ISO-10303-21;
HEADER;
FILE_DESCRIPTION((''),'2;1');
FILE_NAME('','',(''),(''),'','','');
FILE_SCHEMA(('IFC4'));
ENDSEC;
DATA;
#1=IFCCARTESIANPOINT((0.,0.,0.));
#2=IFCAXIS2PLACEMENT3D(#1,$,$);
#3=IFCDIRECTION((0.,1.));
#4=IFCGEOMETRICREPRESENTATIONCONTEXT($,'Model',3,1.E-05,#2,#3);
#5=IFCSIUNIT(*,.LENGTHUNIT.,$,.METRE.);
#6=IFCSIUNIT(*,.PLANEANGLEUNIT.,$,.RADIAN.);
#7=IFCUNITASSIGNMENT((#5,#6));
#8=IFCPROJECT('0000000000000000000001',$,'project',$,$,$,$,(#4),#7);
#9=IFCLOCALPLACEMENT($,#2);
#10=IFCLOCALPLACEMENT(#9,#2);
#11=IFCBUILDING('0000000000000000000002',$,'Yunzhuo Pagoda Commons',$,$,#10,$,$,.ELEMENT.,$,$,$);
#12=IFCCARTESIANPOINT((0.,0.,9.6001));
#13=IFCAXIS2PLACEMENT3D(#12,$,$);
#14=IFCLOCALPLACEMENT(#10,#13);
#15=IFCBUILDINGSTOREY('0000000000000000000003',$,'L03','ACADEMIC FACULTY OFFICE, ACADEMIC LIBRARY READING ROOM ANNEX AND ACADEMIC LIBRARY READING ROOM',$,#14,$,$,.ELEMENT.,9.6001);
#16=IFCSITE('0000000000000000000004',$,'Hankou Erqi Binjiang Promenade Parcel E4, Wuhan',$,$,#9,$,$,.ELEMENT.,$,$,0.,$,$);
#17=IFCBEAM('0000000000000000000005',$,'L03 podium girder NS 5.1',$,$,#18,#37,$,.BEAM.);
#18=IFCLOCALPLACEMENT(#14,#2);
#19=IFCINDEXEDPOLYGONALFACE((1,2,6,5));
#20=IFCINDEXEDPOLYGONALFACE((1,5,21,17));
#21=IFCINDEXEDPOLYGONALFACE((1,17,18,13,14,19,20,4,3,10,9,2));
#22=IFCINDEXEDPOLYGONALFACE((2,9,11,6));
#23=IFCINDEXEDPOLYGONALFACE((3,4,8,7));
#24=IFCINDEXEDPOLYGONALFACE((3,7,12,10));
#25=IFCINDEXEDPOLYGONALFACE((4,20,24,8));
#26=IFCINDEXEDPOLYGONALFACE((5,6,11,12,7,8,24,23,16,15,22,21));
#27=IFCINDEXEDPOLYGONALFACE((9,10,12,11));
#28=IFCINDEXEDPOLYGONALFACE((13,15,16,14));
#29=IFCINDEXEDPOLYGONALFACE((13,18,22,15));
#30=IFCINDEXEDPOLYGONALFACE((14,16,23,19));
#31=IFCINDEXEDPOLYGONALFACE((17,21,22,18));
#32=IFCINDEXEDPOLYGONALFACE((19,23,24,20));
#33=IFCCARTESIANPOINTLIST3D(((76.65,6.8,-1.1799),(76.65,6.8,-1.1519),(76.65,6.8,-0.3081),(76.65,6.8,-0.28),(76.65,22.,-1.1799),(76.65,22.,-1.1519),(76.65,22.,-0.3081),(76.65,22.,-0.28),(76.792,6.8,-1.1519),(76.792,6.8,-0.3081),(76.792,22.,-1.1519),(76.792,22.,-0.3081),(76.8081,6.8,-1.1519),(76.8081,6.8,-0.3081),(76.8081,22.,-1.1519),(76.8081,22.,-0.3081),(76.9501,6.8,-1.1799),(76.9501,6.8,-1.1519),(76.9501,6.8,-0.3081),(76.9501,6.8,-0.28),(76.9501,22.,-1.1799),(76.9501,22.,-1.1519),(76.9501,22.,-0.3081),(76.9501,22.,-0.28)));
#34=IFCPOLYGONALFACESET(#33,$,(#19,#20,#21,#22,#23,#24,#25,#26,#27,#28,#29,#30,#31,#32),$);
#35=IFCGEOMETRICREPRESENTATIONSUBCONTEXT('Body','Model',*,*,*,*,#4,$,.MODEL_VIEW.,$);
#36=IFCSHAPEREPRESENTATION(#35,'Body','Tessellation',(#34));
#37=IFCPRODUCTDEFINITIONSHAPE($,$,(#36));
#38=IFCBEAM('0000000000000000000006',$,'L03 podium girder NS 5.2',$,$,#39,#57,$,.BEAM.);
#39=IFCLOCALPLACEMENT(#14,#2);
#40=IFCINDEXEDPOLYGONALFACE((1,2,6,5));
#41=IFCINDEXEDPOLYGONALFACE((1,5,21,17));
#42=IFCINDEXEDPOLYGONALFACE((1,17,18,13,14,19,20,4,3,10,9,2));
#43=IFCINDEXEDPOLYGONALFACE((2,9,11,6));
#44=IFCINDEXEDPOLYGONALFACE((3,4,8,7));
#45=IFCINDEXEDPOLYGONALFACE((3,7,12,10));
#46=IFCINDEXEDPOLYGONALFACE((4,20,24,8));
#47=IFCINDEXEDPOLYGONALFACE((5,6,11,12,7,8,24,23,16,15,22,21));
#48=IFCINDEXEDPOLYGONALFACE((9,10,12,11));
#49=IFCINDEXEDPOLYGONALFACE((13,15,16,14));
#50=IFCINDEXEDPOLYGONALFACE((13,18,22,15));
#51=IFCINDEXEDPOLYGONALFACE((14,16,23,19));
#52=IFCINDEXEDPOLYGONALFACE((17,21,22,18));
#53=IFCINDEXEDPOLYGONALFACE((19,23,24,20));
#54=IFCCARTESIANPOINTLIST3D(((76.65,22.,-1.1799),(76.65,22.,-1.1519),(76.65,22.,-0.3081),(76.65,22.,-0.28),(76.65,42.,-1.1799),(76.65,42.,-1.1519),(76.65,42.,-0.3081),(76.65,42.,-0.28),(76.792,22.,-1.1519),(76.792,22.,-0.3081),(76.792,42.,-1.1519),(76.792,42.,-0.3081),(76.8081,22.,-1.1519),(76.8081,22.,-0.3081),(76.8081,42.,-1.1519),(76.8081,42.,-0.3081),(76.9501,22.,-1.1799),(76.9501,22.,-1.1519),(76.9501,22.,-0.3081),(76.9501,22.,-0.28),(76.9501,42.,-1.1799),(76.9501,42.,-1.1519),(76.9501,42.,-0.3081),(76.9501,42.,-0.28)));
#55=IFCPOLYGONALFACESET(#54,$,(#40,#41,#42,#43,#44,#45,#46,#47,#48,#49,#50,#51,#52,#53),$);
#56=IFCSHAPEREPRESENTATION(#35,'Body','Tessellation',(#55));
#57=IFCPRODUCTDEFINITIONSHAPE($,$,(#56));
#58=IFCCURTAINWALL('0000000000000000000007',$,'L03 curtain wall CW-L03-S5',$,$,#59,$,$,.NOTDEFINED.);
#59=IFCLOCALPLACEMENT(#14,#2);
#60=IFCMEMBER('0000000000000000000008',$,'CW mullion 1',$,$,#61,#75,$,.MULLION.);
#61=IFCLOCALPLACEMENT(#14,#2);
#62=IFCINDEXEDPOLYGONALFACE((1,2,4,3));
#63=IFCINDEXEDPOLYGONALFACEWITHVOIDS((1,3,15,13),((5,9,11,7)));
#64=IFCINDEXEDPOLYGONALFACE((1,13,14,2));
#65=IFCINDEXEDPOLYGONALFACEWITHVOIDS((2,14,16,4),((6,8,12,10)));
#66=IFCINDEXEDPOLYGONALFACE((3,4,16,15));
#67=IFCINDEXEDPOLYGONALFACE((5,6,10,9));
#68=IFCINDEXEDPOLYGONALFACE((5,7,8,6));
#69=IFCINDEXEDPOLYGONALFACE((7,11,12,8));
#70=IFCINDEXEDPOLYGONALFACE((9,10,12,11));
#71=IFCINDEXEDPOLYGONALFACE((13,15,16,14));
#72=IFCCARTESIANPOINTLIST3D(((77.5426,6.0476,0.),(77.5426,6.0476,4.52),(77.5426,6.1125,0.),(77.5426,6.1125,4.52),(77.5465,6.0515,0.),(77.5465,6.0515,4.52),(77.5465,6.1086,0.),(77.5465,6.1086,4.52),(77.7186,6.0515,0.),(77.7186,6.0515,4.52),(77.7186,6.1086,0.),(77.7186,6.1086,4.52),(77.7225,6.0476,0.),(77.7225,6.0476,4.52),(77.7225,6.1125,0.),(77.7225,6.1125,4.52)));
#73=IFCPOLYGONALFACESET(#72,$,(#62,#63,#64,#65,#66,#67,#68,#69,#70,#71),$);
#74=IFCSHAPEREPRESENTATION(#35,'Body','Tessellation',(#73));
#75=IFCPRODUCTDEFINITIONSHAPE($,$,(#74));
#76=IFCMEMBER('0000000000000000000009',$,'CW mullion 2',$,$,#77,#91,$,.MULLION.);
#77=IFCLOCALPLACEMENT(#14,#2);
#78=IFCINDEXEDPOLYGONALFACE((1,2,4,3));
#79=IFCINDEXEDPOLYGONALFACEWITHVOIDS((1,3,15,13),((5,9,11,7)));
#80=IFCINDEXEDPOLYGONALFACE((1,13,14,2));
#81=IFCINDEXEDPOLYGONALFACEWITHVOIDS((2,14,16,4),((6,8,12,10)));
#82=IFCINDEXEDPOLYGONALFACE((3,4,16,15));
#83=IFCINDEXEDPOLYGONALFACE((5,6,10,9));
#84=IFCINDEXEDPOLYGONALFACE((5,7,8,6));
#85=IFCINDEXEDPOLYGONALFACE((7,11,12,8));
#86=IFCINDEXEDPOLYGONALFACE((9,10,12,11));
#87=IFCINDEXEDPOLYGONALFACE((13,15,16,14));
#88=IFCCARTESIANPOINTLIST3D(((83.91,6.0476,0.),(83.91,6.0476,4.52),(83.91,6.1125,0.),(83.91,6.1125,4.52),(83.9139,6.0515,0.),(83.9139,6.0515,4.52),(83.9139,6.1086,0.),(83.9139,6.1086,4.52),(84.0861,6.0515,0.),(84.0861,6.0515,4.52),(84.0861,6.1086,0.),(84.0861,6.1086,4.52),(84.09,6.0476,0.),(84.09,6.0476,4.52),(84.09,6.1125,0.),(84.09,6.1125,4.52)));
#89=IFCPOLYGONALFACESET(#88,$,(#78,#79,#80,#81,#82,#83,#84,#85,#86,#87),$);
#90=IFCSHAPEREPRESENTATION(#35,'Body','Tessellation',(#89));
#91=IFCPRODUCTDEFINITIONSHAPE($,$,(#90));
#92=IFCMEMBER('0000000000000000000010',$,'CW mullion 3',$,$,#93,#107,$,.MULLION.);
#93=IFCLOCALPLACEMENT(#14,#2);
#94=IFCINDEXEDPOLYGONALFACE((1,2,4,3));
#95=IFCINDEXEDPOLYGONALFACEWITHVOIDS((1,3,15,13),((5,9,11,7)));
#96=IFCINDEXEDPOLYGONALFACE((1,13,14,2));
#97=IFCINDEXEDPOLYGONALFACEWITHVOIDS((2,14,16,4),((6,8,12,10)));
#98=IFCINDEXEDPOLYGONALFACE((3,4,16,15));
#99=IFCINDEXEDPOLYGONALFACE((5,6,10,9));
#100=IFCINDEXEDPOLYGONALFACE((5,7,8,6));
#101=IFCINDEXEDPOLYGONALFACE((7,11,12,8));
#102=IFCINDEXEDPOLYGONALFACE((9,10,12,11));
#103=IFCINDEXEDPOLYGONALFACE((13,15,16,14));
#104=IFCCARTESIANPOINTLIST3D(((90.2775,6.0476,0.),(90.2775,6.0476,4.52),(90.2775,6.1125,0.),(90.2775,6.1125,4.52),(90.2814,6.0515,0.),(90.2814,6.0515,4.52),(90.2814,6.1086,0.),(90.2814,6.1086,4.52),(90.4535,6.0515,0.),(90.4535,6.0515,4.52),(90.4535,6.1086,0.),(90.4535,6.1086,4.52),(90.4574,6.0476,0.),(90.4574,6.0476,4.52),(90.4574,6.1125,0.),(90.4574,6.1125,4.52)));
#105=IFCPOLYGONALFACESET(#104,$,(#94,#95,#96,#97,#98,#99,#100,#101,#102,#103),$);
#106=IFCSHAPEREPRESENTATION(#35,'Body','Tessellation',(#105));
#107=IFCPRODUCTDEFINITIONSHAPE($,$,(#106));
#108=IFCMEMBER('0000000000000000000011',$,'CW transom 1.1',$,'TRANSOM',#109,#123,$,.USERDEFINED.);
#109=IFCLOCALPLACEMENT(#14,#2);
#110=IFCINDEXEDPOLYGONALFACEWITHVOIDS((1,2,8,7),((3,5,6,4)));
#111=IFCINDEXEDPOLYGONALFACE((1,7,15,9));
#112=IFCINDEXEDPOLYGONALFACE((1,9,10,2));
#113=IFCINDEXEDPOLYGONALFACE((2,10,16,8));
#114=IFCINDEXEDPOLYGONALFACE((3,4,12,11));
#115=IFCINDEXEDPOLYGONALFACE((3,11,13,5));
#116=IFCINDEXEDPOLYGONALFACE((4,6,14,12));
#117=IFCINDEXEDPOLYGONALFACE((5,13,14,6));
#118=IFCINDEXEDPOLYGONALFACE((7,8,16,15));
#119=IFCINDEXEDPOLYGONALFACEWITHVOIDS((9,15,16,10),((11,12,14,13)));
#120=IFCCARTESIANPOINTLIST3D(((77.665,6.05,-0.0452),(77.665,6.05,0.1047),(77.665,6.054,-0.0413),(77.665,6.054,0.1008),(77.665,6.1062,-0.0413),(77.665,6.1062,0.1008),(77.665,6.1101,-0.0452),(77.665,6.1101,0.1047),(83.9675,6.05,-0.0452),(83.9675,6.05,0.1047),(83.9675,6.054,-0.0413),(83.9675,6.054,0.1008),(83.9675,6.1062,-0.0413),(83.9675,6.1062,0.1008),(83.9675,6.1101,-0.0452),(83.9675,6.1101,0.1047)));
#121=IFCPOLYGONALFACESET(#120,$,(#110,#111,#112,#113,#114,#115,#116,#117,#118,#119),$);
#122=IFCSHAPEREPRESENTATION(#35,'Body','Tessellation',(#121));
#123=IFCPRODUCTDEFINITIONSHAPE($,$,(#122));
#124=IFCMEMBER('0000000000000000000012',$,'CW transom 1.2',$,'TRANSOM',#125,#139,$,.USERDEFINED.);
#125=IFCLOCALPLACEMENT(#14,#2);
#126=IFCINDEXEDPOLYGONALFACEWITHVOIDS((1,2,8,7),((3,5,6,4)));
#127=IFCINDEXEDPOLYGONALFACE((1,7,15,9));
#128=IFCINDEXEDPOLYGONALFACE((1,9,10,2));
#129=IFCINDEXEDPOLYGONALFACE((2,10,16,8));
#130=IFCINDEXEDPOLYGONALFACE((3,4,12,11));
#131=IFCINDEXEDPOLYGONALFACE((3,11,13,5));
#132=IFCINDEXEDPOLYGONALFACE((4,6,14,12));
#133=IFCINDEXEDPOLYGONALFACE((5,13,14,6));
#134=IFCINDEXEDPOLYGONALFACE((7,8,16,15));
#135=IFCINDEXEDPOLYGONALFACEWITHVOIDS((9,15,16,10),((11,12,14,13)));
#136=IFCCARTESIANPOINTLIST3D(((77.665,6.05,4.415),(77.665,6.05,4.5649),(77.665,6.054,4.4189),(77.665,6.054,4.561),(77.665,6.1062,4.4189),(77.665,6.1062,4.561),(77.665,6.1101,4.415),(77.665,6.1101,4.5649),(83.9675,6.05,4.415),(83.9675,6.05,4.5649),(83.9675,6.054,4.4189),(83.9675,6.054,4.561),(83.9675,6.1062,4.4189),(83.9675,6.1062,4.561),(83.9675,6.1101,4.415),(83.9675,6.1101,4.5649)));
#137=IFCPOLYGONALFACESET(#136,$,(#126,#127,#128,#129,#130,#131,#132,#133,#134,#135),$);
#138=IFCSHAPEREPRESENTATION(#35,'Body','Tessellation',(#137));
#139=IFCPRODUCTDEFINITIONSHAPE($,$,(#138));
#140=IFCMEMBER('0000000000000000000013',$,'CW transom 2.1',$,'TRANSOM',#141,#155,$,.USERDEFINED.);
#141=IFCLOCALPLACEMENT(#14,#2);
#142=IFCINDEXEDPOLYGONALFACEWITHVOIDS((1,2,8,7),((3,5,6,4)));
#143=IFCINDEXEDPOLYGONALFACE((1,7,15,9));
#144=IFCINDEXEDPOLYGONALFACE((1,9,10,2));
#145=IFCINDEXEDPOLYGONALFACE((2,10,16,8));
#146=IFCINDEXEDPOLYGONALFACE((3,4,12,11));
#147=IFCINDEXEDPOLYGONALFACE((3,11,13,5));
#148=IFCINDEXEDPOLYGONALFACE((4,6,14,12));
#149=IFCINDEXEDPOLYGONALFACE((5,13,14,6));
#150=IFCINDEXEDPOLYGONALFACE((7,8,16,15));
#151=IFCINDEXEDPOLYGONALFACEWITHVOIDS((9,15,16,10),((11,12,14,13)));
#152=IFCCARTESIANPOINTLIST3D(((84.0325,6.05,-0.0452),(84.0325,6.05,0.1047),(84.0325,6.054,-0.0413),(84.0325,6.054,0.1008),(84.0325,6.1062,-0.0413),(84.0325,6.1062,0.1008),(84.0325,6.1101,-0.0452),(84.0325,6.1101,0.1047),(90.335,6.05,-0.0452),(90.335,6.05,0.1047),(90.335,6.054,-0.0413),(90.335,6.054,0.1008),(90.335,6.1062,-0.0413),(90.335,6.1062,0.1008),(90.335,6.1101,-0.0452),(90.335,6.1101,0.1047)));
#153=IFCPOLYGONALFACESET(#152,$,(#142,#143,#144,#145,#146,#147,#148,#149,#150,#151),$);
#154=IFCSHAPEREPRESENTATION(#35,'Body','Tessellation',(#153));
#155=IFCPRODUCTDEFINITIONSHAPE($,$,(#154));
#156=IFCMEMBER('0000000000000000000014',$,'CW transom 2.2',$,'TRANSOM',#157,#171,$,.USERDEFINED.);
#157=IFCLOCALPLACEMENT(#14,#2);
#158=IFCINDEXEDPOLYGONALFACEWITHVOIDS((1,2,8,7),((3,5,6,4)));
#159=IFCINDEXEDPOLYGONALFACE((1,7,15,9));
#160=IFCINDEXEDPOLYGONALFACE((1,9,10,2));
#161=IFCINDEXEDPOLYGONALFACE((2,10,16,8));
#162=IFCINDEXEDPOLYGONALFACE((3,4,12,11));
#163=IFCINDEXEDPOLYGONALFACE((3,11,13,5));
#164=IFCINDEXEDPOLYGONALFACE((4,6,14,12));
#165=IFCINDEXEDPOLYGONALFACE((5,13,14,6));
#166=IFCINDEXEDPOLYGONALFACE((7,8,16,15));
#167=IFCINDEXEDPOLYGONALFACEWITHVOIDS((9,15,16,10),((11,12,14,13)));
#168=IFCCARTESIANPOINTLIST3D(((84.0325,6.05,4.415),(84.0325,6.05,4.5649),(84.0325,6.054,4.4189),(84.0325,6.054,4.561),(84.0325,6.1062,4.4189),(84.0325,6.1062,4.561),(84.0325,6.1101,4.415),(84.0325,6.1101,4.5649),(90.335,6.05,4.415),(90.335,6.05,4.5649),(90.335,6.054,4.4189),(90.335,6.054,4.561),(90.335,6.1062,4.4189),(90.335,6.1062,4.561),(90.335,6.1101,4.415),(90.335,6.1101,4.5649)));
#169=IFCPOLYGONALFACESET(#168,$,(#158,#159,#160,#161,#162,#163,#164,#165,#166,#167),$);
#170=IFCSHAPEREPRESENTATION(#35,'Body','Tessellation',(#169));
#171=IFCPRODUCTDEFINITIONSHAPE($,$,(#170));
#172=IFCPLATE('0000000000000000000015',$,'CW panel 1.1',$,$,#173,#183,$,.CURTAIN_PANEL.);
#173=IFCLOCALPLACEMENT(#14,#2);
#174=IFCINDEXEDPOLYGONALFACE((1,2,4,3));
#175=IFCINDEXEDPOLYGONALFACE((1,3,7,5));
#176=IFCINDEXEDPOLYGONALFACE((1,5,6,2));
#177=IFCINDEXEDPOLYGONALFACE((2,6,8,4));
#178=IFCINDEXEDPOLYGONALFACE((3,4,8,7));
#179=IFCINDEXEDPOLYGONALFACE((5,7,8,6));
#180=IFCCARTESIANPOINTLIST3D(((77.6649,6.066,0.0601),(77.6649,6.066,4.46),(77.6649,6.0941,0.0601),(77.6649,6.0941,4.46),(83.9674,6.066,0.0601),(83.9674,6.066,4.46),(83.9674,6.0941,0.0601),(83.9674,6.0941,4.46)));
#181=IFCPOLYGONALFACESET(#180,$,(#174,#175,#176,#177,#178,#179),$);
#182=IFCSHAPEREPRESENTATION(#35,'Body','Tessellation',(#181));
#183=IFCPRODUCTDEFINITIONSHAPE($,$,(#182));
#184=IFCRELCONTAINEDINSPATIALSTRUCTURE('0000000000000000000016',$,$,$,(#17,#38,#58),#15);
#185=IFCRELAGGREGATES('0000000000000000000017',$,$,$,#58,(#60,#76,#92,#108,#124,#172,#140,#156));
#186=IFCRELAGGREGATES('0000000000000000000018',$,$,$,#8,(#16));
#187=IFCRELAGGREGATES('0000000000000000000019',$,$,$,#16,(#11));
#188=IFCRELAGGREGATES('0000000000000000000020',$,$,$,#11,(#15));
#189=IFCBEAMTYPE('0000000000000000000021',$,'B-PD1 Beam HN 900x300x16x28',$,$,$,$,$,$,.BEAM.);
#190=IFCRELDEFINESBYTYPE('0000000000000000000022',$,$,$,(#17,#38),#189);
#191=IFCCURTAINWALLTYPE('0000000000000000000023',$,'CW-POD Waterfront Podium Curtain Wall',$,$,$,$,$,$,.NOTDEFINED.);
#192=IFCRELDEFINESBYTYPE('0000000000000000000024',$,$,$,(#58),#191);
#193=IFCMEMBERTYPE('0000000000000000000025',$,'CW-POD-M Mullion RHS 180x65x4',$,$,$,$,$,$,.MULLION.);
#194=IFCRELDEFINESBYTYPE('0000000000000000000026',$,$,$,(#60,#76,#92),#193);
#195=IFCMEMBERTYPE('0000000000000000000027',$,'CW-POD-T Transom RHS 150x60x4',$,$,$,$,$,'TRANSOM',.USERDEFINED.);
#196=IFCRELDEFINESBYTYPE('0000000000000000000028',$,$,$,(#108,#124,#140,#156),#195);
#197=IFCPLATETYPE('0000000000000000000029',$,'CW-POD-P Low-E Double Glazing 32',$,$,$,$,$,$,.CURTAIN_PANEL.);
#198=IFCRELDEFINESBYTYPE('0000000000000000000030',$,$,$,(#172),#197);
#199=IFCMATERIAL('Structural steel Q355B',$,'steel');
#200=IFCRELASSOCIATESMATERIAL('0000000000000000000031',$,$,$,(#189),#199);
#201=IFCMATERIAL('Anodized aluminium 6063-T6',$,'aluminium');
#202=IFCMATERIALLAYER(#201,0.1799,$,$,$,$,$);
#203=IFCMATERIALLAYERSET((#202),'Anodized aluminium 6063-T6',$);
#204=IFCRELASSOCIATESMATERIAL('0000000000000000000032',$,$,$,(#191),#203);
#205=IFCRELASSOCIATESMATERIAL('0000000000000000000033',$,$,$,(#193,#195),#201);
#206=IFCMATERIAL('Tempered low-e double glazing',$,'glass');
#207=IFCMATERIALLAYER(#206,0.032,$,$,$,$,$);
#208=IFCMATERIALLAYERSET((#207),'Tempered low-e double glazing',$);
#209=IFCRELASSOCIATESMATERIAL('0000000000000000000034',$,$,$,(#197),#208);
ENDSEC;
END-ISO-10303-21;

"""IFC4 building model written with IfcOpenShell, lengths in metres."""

from ifc_helpers import new_model, si_unit, direction, frame, origin, origin_2d, place, context, subcontext, project, spatial, rectangle, hollow_rectangle, i_section, extrude, source, transform, mapped, material, layer, layer_set, material_profile, profile_set, type_object, element, aggregate, save


model = new_model("IFC4")

# Units and contexts
model_context = context("Model", 3, precision=1e-05, world=origin(), true_north=direction((0.0, 1.0)))
body_context = subcontext(model_context, "Body", "Model", "MODEL_VIEW")
ifc_project = project(units=[si_unit("LENGTHUNIT", "METRE"), si_unit("PLANEANGLEUNIT", "RADIAN")], contexts=[model_context])

# Site, building, storey
site_placement = place(None, origin())
site = spatial("IfcSite", under=ifc_project, at=site_placement, Name="Hankou Erqi Binjiang Promenade Parcel E4, Wuhan", CompositionType="ELEMENT", RefElevation=0.0)
building_placement = place(site_placement, origin())
building = spatial("IfcBuilding", under=site, at=building_placement, Name="Yunzhuo Pagoda Commons", CompositionType="ELEMENT")
storey_placement = place(building_placement, frame((0.0, 0.0, 9.6001)))
storey = spatial("IfcBuildingStorey", under=building, at=storey_placement, Name="L03", Description="ACADEMIC FACULTY OFFICE, ACADEMIC LIBRARY READING ROOM ANNEX AND ACADEMIC LIBRARY READING ROOM", CompositionType="ELEMENT", Elevation=9.6001)

# Beams
ifc_material_1 = material(Name="Structural steel Q355B", Category="steel")
ifc_material_profile_1 = material_profile(ifc_material_1, i_section(OverallWidth=0.3, OverallDepth=0.8999, WebThickness=0.0161, FlangeThickness=0.0281, at=origin_2d()), Name="Structural steel Q355B")
ifc_profile_set_1 = profile_set([ifc_material_profile_1], Name="Structural steel Q355B")
beam_type_1 = type_object("IfcBeamType", Name="B-PD1 Beam HN 900x300x16x28", PredefinedType="BEAM", material=ifc_profile_set_1)
shared_shape_1 = source(origin(), body_context, "Body", "SweptSolid", [
    extrude(i_section(OverallWidth=0.3, OverallDepth=0.8999, WebThickness=0.0161, FlangeThickness=0.0281, at=origin_2d()), origin(), (0.0, 0.0, 1.0), 15.2),
])
beam_1_placement = place(storey_placement, frame((76.8, 6.8, -0.73), z_axis=(0.0, 1.0, 0.0), x_axis=(-1.0, 0.0, 0.0)))
element("IfcBeam", 1, at=beam_1_placement, inside=storey, type_object=beam_type_1, Name="L03 podium girder NS 5.1", PredefinedType="BEAM", context=body_context, shape_type="MappedRepresentation", body=[
    mapped(shared_shape_1, transform((0.0, 0.0, 0.0), scale=1.0)),
])
shared_shape_2 = source(origin(), body_context, "Body", "SweptSolid", [
    extrude(i_section(OverallWidth=0.3, OverallDepth=0.8999, WebThickness=0.0161, FlangeThickness=0.0281, at=origin_2d()), origin(), (0.0, 0.0, 1.0), 20.0),
])
beam_2_placement = place(storey_placement, frame((76.8, 22.0, -0.73), z_axis=(0.0, 1.0, 0.0), x_axis=(-1.0, 0.0, 0.0)))
element("IfcBeam", 2, at=beam_2_placement, inside=storey, type_object=beam_type_1, Name="L03 podium girder NS 5.2", PredefinedType="BEAM", context=body_context, shape_type="MappedRepresentation", body=[
    mapped(shared_shape_2, transform((0.0, 0.0, 0.0), scale=1.0)),
])

# Curtain wall, members, plate
ifc_material_2 = material(Name="Anodized aluminium 6063-T6", Category="aluminium")
ifc_layer_1 = layer(ifc_material_2, 0.1799)
ifc_layer_set_1 = layer_set([ifc_layer_1], Name="Anodized aluminium 6063-T6")
curtain_wall_type = type_object("IfcCurtainWallType", Name="CW-POD Waterfront Podium Curtain Wall", PredefinedType="NOTDEFINED", material=ifc_layer_set_1)
curtain_wall_placement = place(storey_placement, origin())
curtain_wall = element("IfcCurtainWall", 3, at=curtain_wall_placement, inside=storey, type_object=curtain_wall_type, Name="L03 curtain wall CW-L03-S5", PredefinedType="NOTDEFINED")
ifc_material_profile_2 = material_profile(ifc_material_2, hollow_rectangle(XDim=0.0649, YDim=0.1799, WallThickness=0.0039, at=origin_2d()), Name="Anodized aluminium 6063-T6")
ifc_profile_set_2 = profile_set([ifc_material_profile_2], Name="Anodized aluminium 6063-T6")
member_type_1 = type_object("IfcMemberType", Name="CW-POD-M Mullion RHS 180x65x4", PredefinedType="MULLION", material=ifc_profile_set_2)
shared_shape_3 = source(origin(), body_context, "Body", "SweptSolid", [
    extrude(hollow_rectangle(XDim=0.0649, YDim=0.1799, WallThickness=0.0039, at=origin_2d()), origin(), (0.0, 0.0, 1.0), 4.52),
])
member_1_placement = place(storey_placement, frame((77.6326, 6.0801, 0.0), z_axis=(0.0, 0.0, 1.0), x_axis=(0.0, 1.0, 0.0)))
member_1 = element("IfcMember", 4, at=member_1_placement, type_object=member_type_1, Name="CW mullion 1", PredefinedType="MULLION", context=body_context, shape_type="MappedRepresentation", body=[
    mapped(shared_shape_3, transform((0.0, 0.0, 0.0), scale=1.0)),
])
member_2_placement = place(storey_placement, frame((84.0, 6.0801, 0.0), z_axis=(0.0, 0.0, 1.0), x_axis=(0.0, 1.0, 0.0)))
member_2 = element("IfcMember", 5, at=member_2_placement, type_object=member_type_1, Name="CW mullion 2", PredefinedType="MULLION", context=body_context, shape_type="MappedRepresentation", body=[
    mapped(shared_shape_3, transform((0.0, 0.0, 0.0), scale=1.0)),
])
member_3_placement = place(storey_placement, frame((90.3674, 6.0801, 0.0), z_axis=(0.0, 0.0, 1.0), x_axis=(0.0, 1.0, 0.0)))
member_3 = element("IfcMember", 6, at=member_3_placement, type_object=member_type_1, Name="CW mullion 3", PredefinedType="MULLION", context=body_context, shape_type="MappedRepresentation", body=[
    mapped(shared_shape_3, transform((0.0, 0.0, 0.0), scale=1.0)),
])
ifc_material_profile_3 = material_profile(ifc_material_2, hollow_rectangle(XDim=0.0601, YDim=0.1499, WallThickness=0.0039, at=origin_2d()), Name="Anodized aluminium 6063-T6")
ifc_profile_set_3 = profile_set([ifc_material_profile_3], Name="Anodized aluminium 6063-T6")
member_type_2 = type_object("IfcMemberType", Name="CW-POD-T Transom RHS 150x60x4", ElementType="TRANSOM", PredefinedType="USERDEFINED", material=ifc_profile_set_3)
shared_shape_4 = source(origin(), body_context, "Body", "SweptSolid", [
    extrude(hollow_rectangle(XDim=0.0601, YDim=0.1499, WallThickness=0.0039, at=origin_2d()), origin(), (0.0, 0.0, 1.0), 6.3025),
])
member_4_placement = place(storey_placement, frame((77.665, 6.0801, 0.0298), z_axis=(1.0, 0.0, 0.0), x_axis=(0.0, 1.0, 0.0)))
member_4 = element("IfcMember", 7, at=member_4_placement, type_object=member_type_2, Name="CW transom 1.1", ObjectType="TRANSOM", PredefinedType="USERDEFINED", context=body_context, shape_type="MappedRepresentation", body=[
    mapped(shared_shape_4, transform((0.0, 0.0, 0.0), scale=1.0)),
])
member_5_placement = place(storey_placement, frame((77.665, 6.0801, 4.49), z_axis=(1.0, 0.0, 0.0), x_axis=(0.0, 1.0, 0.0)))
member_5 = element("IfcMember", 8, at=member_5_placement, type_object=member_type_2, Name="CW transom 1.2", ObjectType="TRANSOM", PredefinedType="USERDEFINED", context=body_context, shape_type="MappedRepresentation", body=[
    mapped(shared_shape_4, transform((0.0, 0.0, 0.0), scale=1.0)),
])
member_6_placement = place(storey_placement, frame((84.0325, 6.0801, 0.0298), z_axis=(1.0, 0.0, 0.0), x_axis=(0.0, 1.0, 0.0)))
member_6 = element("IfcMember", 9, at=member_6_placement, type_object=member_type_2, Name="CW transom 2.1", ObjectType="TRANSOM", PredefinedType="USERDEFINED", context=body_context, shape_type="MappedRepresentation", body=[
    mapped(shared_shape_4, transform((0.0, 0.0, 0.0), scale=1.0)),
])
member_7_placement = place(storey_placement, frame((84.0325, 6.0801, 4.49), z_axis=(1.0, 0.0, 0.0), x_axis=(0.0, 1.0, 0.0)))
member_7 = element("IfcMember", 10, at=member_7_placement, type_object=member_type_2, Name="CW transom 2.2", ObjectType="TRANSOM", PredefinedType="USERDEFINED", context=body_context, shape_type="MappedRepresentation", body=[
    mapped(shared_shape_4, transform((0.0, 0.0, 0.0), scale=1.0)),
])
ifc_material_3 = material(Name="Tempered low-e double glazing", Category="glass")
ifc_layer_2 = layer(ifc_material_3, 0.032)
ifc_layer_set_2 = layer_set([ifc_layer_2], Name="Tempered low-e double glazing")
plate_type = type_object("IfcPlateType", Name="CW-POD-P Low-E Double Glazing 32", PredefinedType="CURTAIN_PANEL", material=ifc_layer_set_2)
shared_shape_5 = source(origin(), body_context, "Body", "SweptSolid", [
    extrude(rectangle(XDim=6.3025, YDim=0.0281, at=origin_2d()), origin(), (0.0, 0.0, 1.0), 4.3999),
])
plate_1_placement = place(storey_placement, frame((80.8162, 6.0801, 0.0601), z_axis=(0.0, 0.0, 1.0), x_axis=(1.0, 0.0, 0.0)))
plate_1 = element("IfcPlate", 11, at=plate_1_placement, type_object=plate_type, Name="CW panel 1.1", PredefinedType="CURTAIN_PANEL", context=body_context, shape_type="MappedRepresentation", body=[
    mapped(shared_shape_5, transform((0.0, 0.0, 0.0), scale=1.0)),
])
aggregate(curtain_wall, [member_1, member_2, member_3, member_4, member_5, plate_1, member_6, member_7])

save(model, "model.ifc")
